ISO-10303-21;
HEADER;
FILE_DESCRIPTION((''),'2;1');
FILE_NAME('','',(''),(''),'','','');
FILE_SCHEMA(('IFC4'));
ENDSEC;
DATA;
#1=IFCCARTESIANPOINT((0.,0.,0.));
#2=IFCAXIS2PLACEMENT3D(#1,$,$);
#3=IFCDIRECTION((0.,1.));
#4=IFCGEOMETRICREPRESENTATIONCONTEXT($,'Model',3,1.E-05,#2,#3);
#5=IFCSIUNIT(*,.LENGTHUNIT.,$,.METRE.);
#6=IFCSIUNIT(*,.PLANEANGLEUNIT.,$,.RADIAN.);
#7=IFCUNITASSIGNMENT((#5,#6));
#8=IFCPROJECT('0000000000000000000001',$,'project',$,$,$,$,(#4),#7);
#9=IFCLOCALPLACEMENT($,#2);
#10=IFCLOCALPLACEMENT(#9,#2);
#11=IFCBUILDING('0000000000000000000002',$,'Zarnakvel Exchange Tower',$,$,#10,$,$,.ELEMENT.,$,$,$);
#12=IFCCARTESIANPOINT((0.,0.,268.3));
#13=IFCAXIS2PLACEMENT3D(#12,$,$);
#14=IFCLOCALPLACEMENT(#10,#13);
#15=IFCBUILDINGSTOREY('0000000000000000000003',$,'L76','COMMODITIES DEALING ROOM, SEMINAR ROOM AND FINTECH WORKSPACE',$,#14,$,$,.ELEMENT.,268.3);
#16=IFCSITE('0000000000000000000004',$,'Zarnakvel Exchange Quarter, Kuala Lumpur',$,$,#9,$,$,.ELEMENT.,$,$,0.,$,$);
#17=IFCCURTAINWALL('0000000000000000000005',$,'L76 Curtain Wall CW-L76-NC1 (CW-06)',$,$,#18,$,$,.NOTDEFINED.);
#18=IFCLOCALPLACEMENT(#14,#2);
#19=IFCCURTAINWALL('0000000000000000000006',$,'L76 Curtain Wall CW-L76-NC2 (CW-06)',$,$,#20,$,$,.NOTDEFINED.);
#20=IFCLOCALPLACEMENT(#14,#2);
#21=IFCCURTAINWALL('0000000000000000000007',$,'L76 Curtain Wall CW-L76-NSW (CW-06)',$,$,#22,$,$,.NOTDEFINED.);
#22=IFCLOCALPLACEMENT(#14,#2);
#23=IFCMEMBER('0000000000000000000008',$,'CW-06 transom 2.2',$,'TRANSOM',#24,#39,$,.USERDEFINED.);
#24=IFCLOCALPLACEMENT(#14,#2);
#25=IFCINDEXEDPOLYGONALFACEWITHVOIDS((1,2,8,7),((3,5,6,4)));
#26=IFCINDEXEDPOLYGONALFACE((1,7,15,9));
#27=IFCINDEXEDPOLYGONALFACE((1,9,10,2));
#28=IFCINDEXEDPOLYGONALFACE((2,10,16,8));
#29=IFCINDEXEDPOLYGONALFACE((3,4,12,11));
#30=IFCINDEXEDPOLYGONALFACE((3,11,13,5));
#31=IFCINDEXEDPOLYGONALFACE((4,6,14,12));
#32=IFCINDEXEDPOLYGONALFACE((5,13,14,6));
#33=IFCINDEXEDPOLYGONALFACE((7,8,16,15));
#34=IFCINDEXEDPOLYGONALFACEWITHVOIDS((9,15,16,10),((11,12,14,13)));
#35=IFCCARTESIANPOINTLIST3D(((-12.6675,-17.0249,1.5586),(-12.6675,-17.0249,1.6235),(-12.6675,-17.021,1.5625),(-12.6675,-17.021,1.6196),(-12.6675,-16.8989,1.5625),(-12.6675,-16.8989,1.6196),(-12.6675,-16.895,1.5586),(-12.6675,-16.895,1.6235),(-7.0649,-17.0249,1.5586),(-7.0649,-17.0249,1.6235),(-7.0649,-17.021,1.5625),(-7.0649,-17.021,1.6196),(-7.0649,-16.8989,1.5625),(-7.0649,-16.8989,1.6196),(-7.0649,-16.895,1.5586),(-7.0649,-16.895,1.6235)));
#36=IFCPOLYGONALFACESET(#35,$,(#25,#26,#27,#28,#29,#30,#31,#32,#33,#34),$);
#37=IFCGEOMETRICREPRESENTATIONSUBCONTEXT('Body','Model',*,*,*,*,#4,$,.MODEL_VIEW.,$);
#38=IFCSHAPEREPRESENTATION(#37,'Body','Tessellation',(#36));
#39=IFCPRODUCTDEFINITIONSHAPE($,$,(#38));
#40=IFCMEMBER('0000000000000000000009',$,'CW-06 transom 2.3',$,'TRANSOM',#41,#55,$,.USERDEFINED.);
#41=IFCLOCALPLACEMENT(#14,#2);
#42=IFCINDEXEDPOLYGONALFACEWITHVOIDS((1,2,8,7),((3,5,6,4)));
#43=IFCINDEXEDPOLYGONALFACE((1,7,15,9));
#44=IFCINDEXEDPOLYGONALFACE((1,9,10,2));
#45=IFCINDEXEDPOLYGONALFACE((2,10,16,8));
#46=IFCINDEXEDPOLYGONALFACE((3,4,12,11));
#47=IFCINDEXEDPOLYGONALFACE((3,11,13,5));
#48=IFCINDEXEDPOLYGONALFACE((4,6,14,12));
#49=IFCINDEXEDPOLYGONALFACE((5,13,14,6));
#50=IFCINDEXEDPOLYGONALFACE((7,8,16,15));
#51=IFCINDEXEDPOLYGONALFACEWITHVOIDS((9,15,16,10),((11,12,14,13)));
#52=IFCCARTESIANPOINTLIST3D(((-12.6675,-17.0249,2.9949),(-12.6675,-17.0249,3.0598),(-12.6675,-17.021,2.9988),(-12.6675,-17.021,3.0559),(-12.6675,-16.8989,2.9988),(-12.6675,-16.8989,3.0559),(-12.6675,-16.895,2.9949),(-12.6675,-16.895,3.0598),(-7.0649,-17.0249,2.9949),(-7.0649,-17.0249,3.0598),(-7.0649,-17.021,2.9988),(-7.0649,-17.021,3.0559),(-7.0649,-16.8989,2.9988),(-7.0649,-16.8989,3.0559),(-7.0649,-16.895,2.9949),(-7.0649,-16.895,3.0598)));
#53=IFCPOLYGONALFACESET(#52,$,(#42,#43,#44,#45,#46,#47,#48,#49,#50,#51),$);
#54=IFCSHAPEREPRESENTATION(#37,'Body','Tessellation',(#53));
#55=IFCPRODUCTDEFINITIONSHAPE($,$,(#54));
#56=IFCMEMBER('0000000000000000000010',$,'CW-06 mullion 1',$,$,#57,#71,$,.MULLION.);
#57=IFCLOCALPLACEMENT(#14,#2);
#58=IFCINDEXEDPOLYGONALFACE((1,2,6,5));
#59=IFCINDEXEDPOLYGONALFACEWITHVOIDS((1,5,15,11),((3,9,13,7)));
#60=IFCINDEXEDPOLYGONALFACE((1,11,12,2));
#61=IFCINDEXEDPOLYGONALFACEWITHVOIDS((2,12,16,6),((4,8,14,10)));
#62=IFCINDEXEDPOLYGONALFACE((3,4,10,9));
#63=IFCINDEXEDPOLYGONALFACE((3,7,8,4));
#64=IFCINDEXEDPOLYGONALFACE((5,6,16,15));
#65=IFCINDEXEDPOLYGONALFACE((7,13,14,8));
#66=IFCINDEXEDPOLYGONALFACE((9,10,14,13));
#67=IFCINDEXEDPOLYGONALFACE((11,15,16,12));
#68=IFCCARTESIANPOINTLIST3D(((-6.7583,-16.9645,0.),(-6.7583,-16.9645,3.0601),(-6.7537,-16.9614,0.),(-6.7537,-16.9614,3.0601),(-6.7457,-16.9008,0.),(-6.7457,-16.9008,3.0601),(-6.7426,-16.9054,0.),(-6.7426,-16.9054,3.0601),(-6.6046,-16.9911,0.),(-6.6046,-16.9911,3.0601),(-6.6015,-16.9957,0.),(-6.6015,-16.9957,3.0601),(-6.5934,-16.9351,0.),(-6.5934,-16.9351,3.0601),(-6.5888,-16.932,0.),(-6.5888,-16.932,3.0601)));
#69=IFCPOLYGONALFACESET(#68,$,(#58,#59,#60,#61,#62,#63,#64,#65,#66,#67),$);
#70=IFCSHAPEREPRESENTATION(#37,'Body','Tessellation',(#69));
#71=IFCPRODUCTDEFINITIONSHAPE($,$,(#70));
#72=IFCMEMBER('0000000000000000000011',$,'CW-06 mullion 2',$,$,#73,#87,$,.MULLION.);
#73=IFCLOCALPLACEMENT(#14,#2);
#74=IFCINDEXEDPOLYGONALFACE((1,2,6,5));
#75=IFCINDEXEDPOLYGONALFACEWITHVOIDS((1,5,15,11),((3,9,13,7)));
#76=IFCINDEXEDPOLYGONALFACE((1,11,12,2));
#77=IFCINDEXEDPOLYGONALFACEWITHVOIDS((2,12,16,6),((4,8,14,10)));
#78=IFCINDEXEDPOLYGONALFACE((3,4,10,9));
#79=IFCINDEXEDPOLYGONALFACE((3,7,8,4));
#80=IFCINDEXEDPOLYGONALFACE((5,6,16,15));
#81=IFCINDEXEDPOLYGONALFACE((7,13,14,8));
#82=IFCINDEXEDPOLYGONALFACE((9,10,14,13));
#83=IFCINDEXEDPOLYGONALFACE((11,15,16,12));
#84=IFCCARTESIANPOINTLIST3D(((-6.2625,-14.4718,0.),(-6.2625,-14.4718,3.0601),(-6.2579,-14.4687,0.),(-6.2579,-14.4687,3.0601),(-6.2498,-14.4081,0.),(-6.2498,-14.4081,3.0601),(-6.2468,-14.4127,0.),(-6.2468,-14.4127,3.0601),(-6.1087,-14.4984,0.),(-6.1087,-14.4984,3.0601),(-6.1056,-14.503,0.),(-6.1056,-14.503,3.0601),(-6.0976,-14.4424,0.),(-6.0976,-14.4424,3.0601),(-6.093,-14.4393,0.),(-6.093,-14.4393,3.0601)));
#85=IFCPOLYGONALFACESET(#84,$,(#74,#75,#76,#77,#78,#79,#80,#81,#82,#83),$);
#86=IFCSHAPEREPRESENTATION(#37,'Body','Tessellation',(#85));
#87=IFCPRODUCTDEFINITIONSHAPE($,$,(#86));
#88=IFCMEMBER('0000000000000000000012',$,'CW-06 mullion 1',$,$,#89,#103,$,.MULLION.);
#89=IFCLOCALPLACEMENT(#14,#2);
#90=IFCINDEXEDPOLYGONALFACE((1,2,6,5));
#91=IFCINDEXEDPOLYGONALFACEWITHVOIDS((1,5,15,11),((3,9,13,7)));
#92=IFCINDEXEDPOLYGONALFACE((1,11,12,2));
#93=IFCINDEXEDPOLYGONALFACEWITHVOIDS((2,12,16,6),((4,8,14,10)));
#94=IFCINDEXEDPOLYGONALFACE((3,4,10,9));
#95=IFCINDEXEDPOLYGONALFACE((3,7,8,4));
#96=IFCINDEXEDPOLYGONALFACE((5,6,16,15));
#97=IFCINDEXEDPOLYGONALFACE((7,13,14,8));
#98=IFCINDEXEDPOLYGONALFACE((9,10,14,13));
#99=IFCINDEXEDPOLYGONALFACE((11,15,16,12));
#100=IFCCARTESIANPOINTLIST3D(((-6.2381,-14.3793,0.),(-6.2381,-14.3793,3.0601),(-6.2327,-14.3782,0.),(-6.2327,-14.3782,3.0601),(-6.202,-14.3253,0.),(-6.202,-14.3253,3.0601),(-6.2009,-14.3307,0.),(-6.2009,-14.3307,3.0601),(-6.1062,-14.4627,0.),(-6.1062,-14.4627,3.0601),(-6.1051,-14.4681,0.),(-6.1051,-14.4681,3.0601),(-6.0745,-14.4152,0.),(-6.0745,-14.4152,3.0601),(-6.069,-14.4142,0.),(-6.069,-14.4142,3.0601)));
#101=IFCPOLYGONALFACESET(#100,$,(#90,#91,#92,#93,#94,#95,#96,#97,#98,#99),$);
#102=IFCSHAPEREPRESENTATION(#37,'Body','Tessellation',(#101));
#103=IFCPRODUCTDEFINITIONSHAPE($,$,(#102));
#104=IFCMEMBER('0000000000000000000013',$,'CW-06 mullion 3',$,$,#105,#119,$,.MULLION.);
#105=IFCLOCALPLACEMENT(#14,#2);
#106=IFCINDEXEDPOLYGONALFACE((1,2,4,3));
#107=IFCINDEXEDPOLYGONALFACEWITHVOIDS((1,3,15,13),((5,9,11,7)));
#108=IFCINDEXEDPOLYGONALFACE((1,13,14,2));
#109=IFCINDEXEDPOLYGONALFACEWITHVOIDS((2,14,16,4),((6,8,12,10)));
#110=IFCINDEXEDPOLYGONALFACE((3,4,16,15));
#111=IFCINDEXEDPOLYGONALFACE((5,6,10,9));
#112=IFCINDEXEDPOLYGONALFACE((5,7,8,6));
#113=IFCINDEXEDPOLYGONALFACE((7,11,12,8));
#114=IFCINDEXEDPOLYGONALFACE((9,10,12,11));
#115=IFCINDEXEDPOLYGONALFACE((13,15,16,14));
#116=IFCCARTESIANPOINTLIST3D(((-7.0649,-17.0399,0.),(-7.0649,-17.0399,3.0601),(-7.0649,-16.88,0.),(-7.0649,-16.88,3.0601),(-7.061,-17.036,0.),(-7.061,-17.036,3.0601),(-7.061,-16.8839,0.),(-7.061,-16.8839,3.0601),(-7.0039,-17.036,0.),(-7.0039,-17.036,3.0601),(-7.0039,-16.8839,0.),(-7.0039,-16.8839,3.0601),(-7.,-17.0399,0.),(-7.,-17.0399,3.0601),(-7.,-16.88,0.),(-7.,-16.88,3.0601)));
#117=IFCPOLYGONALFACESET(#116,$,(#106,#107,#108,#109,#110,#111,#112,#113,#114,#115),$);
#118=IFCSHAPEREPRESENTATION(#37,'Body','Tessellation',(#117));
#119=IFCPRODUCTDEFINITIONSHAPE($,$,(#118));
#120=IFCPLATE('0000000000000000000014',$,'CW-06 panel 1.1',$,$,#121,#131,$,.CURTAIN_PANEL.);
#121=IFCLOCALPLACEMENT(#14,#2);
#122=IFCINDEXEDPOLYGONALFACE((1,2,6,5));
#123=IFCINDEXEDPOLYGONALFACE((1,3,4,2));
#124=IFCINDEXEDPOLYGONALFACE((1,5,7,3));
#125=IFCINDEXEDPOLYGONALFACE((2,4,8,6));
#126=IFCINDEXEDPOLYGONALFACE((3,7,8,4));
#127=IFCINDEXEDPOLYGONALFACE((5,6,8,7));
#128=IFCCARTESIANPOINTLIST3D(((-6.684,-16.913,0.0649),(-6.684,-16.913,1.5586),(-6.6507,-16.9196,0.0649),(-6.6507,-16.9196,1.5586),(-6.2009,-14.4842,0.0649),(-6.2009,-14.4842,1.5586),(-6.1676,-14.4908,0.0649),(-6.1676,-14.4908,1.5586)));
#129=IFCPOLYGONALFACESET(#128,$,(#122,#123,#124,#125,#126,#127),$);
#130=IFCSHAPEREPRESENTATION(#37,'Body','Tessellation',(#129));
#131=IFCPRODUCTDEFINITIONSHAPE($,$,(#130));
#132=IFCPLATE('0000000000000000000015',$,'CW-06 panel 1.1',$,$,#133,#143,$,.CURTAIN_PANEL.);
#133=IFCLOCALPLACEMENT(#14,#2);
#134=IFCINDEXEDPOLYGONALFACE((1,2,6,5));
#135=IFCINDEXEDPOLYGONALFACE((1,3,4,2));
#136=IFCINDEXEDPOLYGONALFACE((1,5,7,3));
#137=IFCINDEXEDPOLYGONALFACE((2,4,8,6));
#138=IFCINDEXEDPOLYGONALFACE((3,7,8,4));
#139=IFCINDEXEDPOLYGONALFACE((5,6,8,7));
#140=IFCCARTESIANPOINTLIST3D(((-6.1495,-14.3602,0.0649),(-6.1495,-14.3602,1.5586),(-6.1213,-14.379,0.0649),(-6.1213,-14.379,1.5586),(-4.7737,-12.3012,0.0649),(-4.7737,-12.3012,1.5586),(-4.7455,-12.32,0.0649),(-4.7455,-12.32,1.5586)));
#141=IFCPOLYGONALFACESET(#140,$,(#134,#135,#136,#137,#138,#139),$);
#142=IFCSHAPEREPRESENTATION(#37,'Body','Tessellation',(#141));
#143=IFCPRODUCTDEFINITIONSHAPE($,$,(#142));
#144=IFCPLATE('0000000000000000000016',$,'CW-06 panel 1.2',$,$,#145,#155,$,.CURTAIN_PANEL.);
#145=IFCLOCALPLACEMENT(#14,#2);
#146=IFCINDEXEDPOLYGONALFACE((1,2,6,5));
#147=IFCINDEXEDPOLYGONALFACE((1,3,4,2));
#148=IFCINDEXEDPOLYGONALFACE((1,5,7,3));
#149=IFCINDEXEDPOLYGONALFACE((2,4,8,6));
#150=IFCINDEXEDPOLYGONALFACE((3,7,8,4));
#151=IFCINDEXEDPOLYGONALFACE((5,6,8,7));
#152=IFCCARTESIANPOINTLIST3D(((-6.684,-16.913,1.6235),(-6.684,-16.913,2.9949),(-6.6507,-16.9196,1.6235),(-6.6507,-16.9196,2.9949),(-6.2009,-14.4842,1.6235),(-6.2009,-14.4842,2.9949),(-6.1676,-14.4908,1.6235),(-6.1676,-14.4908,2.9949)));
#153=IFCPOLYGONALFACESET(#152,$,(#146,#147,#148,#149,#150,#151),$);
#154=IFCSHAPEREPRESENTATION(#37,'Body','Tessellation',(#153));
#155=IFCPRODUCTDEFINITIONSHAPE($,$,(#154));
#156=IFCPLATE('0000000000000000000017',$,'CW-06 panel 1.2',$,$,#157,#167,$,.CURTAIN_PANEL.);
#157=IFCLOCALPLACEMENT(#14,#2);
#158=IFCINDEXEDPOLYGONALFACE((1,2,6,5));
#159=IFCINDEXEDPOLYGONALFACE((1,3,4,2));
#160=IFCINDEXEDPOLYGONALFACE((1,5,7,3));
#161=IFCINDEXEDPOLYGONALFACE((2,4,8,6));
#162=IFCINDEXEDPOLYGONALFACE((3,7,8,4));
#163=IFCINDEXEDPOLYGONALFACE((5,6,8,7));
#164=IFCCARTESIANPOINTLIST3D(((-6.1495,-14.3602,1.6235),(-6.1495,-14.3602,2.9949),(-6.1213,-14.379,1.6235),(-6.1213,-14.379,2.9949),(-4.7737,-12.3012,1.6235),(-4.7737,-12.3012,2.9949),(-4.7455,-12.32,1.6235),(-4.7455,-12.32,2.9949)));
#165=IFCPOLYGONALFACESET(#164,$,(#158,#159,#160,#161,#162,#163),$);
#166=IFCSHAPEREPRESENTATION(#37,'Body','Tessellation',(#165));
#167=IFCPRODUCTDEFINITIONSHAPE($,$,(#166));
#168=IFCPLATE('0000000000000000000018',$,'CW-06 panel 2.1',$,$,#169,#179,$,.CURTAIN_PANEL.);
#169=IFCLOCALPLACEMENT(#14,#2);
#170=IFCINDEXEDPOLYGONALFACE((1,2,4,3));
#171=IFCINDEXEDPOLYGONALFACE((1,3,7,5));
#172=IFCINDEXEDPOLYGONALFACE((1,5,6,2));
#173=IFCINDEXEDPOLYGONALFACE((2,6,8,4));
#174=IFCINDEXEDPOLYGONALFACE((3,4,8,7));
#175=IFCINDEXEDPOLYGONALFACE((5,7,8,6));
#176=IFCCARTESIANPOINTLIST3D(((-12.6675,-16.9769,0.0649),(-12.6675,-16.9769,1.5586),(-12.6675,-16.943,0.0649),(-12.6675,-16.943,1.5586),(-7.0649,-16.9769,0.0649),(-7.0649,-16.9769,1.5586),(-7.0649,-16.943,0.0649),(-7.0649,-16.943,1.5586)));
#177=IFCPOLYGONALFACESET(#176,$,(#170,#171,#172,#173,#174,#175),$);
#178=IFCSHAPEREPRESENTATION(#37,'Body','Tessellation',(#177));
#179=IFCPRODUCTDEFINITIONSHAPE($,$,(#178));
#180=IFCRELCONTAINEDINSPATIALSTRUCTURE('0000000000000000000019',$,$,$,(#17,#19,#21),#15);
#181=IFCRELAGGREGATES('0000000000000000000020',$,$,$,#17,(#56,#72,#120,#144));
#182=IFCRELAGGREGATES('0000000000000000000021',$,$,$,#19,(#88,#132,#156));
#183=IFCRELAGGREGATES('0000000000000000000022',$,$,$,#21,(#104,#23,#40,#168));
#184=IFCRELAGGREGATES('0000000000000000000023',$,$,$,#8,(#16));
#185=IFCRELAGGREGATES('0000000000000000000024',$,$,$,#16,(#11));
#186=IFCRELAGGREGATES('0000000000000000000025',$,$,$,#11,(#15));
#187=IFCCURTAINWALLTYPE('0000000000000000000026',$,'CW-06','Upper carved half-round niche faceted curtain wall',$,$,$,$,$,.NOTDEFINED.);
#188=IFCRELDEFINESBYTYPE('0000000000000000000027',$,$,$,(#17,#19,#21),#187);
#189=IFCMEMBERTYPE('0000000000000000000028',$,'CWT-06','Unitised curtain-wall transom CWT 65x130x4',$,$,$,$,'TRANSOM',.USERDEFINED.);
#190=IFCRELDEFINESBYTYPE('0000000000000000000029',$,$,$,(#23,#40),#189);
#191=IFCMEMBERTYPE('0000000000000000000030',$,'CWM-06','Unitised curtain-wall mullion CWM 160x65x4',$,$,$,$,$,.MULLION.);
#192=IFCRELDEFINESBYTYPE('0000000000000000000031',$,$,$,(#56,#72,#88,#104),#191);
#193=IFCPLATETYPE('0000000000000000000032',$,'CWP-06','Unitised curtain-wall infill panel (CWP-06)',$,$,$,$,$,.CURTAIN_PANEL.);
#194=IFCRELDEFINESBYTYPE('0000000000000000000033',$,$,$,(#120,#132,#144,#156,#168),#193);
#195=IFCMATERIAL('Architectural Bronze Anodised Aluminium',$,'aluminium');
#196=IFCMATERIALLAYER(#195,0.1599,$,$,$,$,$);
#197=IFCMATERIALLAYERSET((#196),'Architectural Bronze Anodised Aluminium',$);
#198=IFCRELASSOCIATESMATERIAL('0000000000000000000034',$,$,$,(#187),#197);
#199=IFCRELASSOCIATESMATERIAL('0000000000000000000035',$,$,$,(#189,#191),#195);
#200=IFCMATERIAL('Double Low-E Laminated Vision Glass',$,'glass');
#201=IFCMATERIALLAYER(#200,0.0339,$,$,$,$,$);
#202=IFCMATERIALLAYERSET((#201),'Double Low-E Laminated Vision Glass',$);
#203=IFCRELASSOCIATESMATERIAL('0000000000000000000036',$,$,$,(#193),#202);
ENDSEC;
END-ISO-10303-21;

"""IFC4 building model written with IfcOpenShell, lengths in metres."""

from ifc_helpers import new_model, si_unit, direction, frame, origin, origin_2d, place, context, subcontext, project, spatial, rectangle, hollow_rectangle, extrude, source, transform, mapped, material, layer, layer_set, material_profile, profile_set, type_object, element, aggregate, save


model = new_model("IFC4")

# Units and contexts
model_context = context("Model", 3, precision=1e-05, world=origin(), true_north=direction((0.0, 1.0)))
body_context = subcontext(model_context, "Body", "Model", "MODEL_VIEW")
ifc_project = project(units=[si_unit("LENGTHUNIT", "METRE"), si_unit("PLANEANGLEUNIT", "RADIAN")], contexts=[model_context])

# Site, building, storey
site_placement = place(None, origin())
site = spatial("IfcSite", under=ifc_project, at=site_placement, Name="Zarnakvel Exchange Quarter, Kuala Lumpur", CompositionType="ELEMENT", RefElevation=0.0)
building_placement = place(site_placement, origin())
building = spatial("IfcBuilding", under=site, at=building_placement, Name="Zarnakvel Exchange Tower", CompositionType="ELEMENT")
storey_placement = place(building_placement, frame((0.0, 0.0, 268.3)))
storey = spatial("IfcBuildingStorey", under=building, at=storey_placement, Name="L76", Description="COMMODITIES DEALING ROOM, SEMINAR ROOM AND FINTECH WORKSPACE", CompositionType="ELEMENT", Elevation=268.3)

# Curtain walls, members
ifc_material_1 = material(Name="Architectural Bronze Anodised Aluminium", Category="aluminium")
ifc_layer_1 = layer(ifc_material_1, 0.1599)
ifc_layer_set_1 = layer_set([ifc_layer_1], Name="Architectural Bronze Anodised Aluminium")
curtain_wall_type = type_object("IfcCurtainWallType", Name="CW-06", Description="Upper carved half-round niche faceted curtain wall", PredefinedType="NOTDEFINED", material=ifc_layer_set_1)
curtain_wall_1_placement = place(storey_placement, origin())
curtain_wall_1 = element("IfcCurtainWall", 1, at=curtain_wall_1_placement, inside=storey, type_object=curtain_wall_type, Name="L76 Curtain Wall CW-L76-NC1 (CW-06)", PredefinedType="NOTDEFINED")
ifc_material_profile_1 = material_profile(ifc_material_1, hollow_rectangle(XDim=0.1299, YDim=0.0649, WallThickness=0.0039, at=origin_2d()))
ifc_profile_set_1 = profile_set([ifc_material_profile_1], Name="Architectural Bronze Anodised Aluminium")
member_type_1 = type_object("IfcMemberType", Name="CWT-06", Description="Unitised curtain-wall transom CWT 65x130x4", ElementType="TRANSOM", PredefinedType="USERDEFINED", material=ifc_profile_set_1)
curtain_wall_2_placement = place(storey_placement, origin())
curtain_wall_2 = element("IfcCurtainWall", 2, at=curtain_wall_2_placement, inside=storey, type_object=curtain_wall_type, Name="L76 Curtain Wall CW-L76-NC2 (CW-06)", PredefinedType="NOTDEFINED")
curtain_wall_3_placement = place(storey_placement, origin())
curtain_wall_3 = element("IfcCurtainWall", 3, at=curtain_wall_3_placement, inside=storey, type_object=curtain_wall_type, Name="L76 Curtain Wall CW-L76-NSW (CW-06)", PredefinedType="NOTDEFINED")
shared_shape_1 = source(origin(), body_context, "Body", "SweptSolid", [
    extrude(hollow_rectangle(XDim=0.1299, YDim=0.0649, WallThickness=0.0039, at=origin_2d()), origin(), (0.0, 0.0, 1.0), 5.6025),
])
member_1_placement = place(storey_placement, frame((-12.6675, -16.96, 1.5911), z_axis=(1.0, 0.0, 0.0), x_axis=(0.0, 1.0, 0.0)))
member_1 = element("IfcMember", 4, at=member_1_placement, type_object=member_type_1, Name="CW-06 transom 2.2", ObjectType="TRANSOM", PredefinedType="USERDEFINED", context=body_context, shape_type="MappedRepresentation", body=[
    mapped(shared_shape_1, transform((0.0, 0.0, 0.0), x_axis=(1.0, 0.0, 0.0), y_axis=(0.0, 1.0, 0.0), z_axis=(0.0, 0.0, 1.0), scale=1.0)),
])
member_2_placement = place(storey_placement, frame((-12.6675, -16.96, 3.0273), z_axis=(1.0, 0.0, 0.0), x_axis=(0.0, 1.0, 0.0)))
member_2 = element("IfcMember", 5, at=member_2_placement, type_object=member_type_1, Name="CW-06 transom 2.3", ObjectType="TRANSOM", PredefinedType="USERDEFINED", context=body_context, shape_type="MappedRepresentation", body=[
    mapped(shared_shape_1, transform((0.0, 0.0, 0.0), x_axis=(1.0, 0.0, 0.0), y_axis=(0.0, 1.0, 0.0), z_axis=(0.0, 0.0, 1.0), scale=1.0)),
])

# Members
ifc_material_profile_2 = material_profile(ifc_material_1, hollow_rectangle(XDim=0.1599, YDim=0.0649, WallThickness=0.0039, at=origin_2d()))
ifc_profile_set_2 = profile_set([ifc_material_profile_2], Name="Architectural Bronze Anodised Aluminium")
member_type_2 = type_object("IfcMemberType", Name="CWM-06", Description="Unitised curtain-wall mullion CWM 160x65x4", PredefinedType="MULLION", material=ifc_profile_set_2)
shared_shape_2 = source(origin(), body_context, "Body", "SweptSolid", [
    extrude(hollow_rectangle(XDim=0.1599, YDim=0.0649, WallThickness=0.0039, at=origin_2d()), origin(), (0.0, 0.0, 1.0), 3.0601),
])
member_3_placement = place(storey_placement, frame((-6.6736, -16.9482, 0.0), z_axis=(0.0, 0.0, 1.0), x_axis=(-0.980785, 0.19509, 0.0)))
member_3 = element("IfcMember", 6, at=member_3_placement, type_object=member_type_2, Name="CW-06 mullion 1", PredefinedType="MULLION", context=body_context, shape_type="MappedRepresentation", body=[
    mapped(shared_shape_2, transform((0.0, 0.0, 0.0), x_axis=(1.0, 0.0, 0.0), y_axis=(0.0, 1.0, 0.0), z_axis=(0.0, 0.0, 1.0), scale=1.0)),
])
member_4_placement = place(storey_placement, frame((-6.1777, -14.4556, 0.0), z_axis=(0.0, 0.0, 1.0), x_axis=(-0.980785, 0.19509, 0.0)))
member_4 = element("IfcMember", 7, at=member_4_placement, type_object=member_type_2, Name="CW-06 mullion 2", PredefinedType="MULLION", context=body_context, shape_type="MappedRepresentation", body=[
    mapped(shared_shape_2, transform((0.0, 0.0, 0.0), x_axis=(1.0, 0.0, 0.0), y_axis=(0.0, 1.0, 0.0), z_axis=(0.0, 0.0, 1.0), scale=1.0)),
])
member_5_placement = place(storey_placement, frame((-6.1536, -14.3967, 0.0), z_axis=(0.0, 0.0, 1.0), x_axis=(-0.83147, 0.55557, 0.0)))
member_5 = element("IfcMember", 8, at=member_5_placement, type_object=member_type_2, Name="CW-06 mullion 1", PredefinedType="MULLION", context=body_context, shape_type="MappedRepresentation", body=[
    mapped(shared_shape_2, transform((0.0, 0.0, 0.0), x_axis=(1.0, 0.0, 0.0), y_axis=(0.0, 1.0, 0.0), z_axis=(0.0, 0.0, 1.0), scale=1.0)),
])
member_6_placement = place(storey_placement, frame((-7.0325, -16.96, 0.0), z_axis=(0.0, 0.0, 1.0), x_axis=(0.0, 1.0, 0.0)))
member_6 = element("IfcMember", 9, at=member_6_placement, type_object=member_type_2, Name="CW-06 mullion 3", PredefinedType="MULLION", context=body_context, shape_type="MappedRepresentation", body=[
    mapped(shared_shape_2, transform((0.0, 0.0, 0.0), x_axis=(1.0, 0.0, 0.0), y_axis=(0.0, 1.0, 0.0), z_axis=(0.0, 0.0, 1.0), scale=1.0)),
])

# Plates
ifc_material_2 = material(Name="Double Low-E Laminated Vision Glass", Category="glass")
ifc_layer_2 = layer(ifc_material_2, 0.0339)
ifc_layer_set_2 = layer_set([ifc_layer_2], Name="Double Low-E Laminated Vision Glass")
plate_type = type_object("IfcPlateType", Name="CWP-06", Description="Unitised curtain-wall infill panel (CWP-06)", PredefinedType="CURTAIN_PANEL", material=ifc_layer_set_2)
shared_shape_3 = source(origin(), body_context, "Body", "SweptSolid", [
    extrude(rectangle(XDim=2.4763, YDim=0.0339, at=origin_2d()), origin(), (0.0, 0.0, 1.0), 1.4937),
])
plate_1_placement = place(storey_placement, frame((-6.4258, -15.7019, 0.0649), z_axis=(0.0, 0.0, 1.0), x_axis=(0.19509, 0.980785, 0.0)))
plate_1 = element("IfcPlate", 10, at=plate_1_placement, type_object=plate_type, Name="CW-06 panel 1.1", PredefinedType="CURTAIN_PANEL", context=body_context, shape_type="MappedRepresentation", body=[
    mapped(shared_shape_3, transform((0.0, 0.0, 0.0), x_axis=(1.0, 0.0, 0.0), y_axis=(0.0, 1.0, 0.0), z_axis=(0.0, 0.0, 1.0), scale=1.0)),
])
plate_2_placement = place(storey_placement, frame((-5.4475, -13.3401, 0.0649), z_axis=(0.0, 0.0, 1.0), x_axis=(0.55557, 0.83147, 0.0)))
plate_2 = element("IfcPlate", 11, at=plate_2_placement, type_object=plate_type, Name="CW-06 panel 1.1", PredefinedType="CURTAIN_PANEL", context=body_context, shape_type="MappedRepresentation", body=[
    mapped(shared_shape_3, transform((0.0, 0.0, 0.0), x_axis=(1.0, 0.0, 0.0), y_axis=(0.0, 1.0, 0.0), z_axis=(0.0, 0.0, 1.0), scale=1.0)),
])
shared_shape_4 = source(origin(), body_context, "Body", "SweptSolid", [
    extrude(rectangle(XDim=2.4763, YDim=0.0339, at=origin_2d()), origin(), (0.0, 0.0, 1.0), 1.3713),
])
plate_3_placement = place(storey_placement, frame((-6.4258, -15.7019, 1.6235), z_axis=(0.0, 0.0, 1.0), x_axis=(0.19509, 0.980785, 0.0)))
plate_3 = element("IfcPlate", 12, at=plate_3_placement, type_object=plate_type, Name="CW-06 panel 1.2", PredefinedType="CURTAIN_PANEL", context=body_context, shape_type="MappedRepresentation", body=[
    mapped(shared_shape_4, transform((0.0, 0.0, 0.0), x_axis=(1.0, 0.0, 0.0), y_axis=(0.0, 1.0, 0.0), z_axis=(0.0, 0.0, 1.0), scale=1.0)),
])
aggregate(curtain_wall_1, [member_3, member_4, plate_1, plate_3])
plate_4_placement = place(storey_placement, frame((-5.4475, -13.3401, 1.6235), z_axis=(0.0, 0.0, 1.0), x_axis=(0.55557, 0.83147, 0.0)))
plate_4 = element("IfcPlate", 13, at=plate_4_placement, type_object=plate_type, Name="CW-06 panel 1.2", PredefinedType="CURTAIN_PANEL", context=body_context, shape_type="MappedRepresentation", body=[
    mapped(shared_shape_4, transform((0.0, 0.0, 0.0), x_axis=(1.0, 0.0, 0.0), y_axis=(0.0, 1.0, 0.0), z_axis=(0.0, 0.0, 1.0), scale=1.0)),
])
aggregate(curtain_wall_2, [member_5, plate_2, plate_4])
shared_shape_5 = source(origin(), body_context, "Body", "SweptSolid", [
    extrude(rectangle(XDim=5.6025, YDim=0.0339, at=origin_2d()), origin(), (0.0, 0.0, 1.0), 1.4937),
])
plate_5_placement = place(storey_placement, frame((-9.8662, -16.96, 0.0649), z_axis=(0.0, 0.0, 1.0), x_axis=(1.0, 0.0, 0.0)))
plate_5 = element("IfcPlate", 14, at=plate_5_placement, type_object=plate_type, Name="CW-06 panel 2.1", PredefinedType="CURTAIN_PANEL", context=body_context, shape_type="MappedRepresentation", body=[
    mapped(shared_shape_5, transform((0.0, 0.0, 0.0), x_axis=(1.0, 0.0, 0.0), y_axis=(0.0, 1.0, 0.0), z_axis=(0.0, 0.0, 1.0), scale=1.0)),
])
aggregate(curtain_wall_3, [member_6, member_1, member_2, plate_5])

save(model, "model.ifc")
